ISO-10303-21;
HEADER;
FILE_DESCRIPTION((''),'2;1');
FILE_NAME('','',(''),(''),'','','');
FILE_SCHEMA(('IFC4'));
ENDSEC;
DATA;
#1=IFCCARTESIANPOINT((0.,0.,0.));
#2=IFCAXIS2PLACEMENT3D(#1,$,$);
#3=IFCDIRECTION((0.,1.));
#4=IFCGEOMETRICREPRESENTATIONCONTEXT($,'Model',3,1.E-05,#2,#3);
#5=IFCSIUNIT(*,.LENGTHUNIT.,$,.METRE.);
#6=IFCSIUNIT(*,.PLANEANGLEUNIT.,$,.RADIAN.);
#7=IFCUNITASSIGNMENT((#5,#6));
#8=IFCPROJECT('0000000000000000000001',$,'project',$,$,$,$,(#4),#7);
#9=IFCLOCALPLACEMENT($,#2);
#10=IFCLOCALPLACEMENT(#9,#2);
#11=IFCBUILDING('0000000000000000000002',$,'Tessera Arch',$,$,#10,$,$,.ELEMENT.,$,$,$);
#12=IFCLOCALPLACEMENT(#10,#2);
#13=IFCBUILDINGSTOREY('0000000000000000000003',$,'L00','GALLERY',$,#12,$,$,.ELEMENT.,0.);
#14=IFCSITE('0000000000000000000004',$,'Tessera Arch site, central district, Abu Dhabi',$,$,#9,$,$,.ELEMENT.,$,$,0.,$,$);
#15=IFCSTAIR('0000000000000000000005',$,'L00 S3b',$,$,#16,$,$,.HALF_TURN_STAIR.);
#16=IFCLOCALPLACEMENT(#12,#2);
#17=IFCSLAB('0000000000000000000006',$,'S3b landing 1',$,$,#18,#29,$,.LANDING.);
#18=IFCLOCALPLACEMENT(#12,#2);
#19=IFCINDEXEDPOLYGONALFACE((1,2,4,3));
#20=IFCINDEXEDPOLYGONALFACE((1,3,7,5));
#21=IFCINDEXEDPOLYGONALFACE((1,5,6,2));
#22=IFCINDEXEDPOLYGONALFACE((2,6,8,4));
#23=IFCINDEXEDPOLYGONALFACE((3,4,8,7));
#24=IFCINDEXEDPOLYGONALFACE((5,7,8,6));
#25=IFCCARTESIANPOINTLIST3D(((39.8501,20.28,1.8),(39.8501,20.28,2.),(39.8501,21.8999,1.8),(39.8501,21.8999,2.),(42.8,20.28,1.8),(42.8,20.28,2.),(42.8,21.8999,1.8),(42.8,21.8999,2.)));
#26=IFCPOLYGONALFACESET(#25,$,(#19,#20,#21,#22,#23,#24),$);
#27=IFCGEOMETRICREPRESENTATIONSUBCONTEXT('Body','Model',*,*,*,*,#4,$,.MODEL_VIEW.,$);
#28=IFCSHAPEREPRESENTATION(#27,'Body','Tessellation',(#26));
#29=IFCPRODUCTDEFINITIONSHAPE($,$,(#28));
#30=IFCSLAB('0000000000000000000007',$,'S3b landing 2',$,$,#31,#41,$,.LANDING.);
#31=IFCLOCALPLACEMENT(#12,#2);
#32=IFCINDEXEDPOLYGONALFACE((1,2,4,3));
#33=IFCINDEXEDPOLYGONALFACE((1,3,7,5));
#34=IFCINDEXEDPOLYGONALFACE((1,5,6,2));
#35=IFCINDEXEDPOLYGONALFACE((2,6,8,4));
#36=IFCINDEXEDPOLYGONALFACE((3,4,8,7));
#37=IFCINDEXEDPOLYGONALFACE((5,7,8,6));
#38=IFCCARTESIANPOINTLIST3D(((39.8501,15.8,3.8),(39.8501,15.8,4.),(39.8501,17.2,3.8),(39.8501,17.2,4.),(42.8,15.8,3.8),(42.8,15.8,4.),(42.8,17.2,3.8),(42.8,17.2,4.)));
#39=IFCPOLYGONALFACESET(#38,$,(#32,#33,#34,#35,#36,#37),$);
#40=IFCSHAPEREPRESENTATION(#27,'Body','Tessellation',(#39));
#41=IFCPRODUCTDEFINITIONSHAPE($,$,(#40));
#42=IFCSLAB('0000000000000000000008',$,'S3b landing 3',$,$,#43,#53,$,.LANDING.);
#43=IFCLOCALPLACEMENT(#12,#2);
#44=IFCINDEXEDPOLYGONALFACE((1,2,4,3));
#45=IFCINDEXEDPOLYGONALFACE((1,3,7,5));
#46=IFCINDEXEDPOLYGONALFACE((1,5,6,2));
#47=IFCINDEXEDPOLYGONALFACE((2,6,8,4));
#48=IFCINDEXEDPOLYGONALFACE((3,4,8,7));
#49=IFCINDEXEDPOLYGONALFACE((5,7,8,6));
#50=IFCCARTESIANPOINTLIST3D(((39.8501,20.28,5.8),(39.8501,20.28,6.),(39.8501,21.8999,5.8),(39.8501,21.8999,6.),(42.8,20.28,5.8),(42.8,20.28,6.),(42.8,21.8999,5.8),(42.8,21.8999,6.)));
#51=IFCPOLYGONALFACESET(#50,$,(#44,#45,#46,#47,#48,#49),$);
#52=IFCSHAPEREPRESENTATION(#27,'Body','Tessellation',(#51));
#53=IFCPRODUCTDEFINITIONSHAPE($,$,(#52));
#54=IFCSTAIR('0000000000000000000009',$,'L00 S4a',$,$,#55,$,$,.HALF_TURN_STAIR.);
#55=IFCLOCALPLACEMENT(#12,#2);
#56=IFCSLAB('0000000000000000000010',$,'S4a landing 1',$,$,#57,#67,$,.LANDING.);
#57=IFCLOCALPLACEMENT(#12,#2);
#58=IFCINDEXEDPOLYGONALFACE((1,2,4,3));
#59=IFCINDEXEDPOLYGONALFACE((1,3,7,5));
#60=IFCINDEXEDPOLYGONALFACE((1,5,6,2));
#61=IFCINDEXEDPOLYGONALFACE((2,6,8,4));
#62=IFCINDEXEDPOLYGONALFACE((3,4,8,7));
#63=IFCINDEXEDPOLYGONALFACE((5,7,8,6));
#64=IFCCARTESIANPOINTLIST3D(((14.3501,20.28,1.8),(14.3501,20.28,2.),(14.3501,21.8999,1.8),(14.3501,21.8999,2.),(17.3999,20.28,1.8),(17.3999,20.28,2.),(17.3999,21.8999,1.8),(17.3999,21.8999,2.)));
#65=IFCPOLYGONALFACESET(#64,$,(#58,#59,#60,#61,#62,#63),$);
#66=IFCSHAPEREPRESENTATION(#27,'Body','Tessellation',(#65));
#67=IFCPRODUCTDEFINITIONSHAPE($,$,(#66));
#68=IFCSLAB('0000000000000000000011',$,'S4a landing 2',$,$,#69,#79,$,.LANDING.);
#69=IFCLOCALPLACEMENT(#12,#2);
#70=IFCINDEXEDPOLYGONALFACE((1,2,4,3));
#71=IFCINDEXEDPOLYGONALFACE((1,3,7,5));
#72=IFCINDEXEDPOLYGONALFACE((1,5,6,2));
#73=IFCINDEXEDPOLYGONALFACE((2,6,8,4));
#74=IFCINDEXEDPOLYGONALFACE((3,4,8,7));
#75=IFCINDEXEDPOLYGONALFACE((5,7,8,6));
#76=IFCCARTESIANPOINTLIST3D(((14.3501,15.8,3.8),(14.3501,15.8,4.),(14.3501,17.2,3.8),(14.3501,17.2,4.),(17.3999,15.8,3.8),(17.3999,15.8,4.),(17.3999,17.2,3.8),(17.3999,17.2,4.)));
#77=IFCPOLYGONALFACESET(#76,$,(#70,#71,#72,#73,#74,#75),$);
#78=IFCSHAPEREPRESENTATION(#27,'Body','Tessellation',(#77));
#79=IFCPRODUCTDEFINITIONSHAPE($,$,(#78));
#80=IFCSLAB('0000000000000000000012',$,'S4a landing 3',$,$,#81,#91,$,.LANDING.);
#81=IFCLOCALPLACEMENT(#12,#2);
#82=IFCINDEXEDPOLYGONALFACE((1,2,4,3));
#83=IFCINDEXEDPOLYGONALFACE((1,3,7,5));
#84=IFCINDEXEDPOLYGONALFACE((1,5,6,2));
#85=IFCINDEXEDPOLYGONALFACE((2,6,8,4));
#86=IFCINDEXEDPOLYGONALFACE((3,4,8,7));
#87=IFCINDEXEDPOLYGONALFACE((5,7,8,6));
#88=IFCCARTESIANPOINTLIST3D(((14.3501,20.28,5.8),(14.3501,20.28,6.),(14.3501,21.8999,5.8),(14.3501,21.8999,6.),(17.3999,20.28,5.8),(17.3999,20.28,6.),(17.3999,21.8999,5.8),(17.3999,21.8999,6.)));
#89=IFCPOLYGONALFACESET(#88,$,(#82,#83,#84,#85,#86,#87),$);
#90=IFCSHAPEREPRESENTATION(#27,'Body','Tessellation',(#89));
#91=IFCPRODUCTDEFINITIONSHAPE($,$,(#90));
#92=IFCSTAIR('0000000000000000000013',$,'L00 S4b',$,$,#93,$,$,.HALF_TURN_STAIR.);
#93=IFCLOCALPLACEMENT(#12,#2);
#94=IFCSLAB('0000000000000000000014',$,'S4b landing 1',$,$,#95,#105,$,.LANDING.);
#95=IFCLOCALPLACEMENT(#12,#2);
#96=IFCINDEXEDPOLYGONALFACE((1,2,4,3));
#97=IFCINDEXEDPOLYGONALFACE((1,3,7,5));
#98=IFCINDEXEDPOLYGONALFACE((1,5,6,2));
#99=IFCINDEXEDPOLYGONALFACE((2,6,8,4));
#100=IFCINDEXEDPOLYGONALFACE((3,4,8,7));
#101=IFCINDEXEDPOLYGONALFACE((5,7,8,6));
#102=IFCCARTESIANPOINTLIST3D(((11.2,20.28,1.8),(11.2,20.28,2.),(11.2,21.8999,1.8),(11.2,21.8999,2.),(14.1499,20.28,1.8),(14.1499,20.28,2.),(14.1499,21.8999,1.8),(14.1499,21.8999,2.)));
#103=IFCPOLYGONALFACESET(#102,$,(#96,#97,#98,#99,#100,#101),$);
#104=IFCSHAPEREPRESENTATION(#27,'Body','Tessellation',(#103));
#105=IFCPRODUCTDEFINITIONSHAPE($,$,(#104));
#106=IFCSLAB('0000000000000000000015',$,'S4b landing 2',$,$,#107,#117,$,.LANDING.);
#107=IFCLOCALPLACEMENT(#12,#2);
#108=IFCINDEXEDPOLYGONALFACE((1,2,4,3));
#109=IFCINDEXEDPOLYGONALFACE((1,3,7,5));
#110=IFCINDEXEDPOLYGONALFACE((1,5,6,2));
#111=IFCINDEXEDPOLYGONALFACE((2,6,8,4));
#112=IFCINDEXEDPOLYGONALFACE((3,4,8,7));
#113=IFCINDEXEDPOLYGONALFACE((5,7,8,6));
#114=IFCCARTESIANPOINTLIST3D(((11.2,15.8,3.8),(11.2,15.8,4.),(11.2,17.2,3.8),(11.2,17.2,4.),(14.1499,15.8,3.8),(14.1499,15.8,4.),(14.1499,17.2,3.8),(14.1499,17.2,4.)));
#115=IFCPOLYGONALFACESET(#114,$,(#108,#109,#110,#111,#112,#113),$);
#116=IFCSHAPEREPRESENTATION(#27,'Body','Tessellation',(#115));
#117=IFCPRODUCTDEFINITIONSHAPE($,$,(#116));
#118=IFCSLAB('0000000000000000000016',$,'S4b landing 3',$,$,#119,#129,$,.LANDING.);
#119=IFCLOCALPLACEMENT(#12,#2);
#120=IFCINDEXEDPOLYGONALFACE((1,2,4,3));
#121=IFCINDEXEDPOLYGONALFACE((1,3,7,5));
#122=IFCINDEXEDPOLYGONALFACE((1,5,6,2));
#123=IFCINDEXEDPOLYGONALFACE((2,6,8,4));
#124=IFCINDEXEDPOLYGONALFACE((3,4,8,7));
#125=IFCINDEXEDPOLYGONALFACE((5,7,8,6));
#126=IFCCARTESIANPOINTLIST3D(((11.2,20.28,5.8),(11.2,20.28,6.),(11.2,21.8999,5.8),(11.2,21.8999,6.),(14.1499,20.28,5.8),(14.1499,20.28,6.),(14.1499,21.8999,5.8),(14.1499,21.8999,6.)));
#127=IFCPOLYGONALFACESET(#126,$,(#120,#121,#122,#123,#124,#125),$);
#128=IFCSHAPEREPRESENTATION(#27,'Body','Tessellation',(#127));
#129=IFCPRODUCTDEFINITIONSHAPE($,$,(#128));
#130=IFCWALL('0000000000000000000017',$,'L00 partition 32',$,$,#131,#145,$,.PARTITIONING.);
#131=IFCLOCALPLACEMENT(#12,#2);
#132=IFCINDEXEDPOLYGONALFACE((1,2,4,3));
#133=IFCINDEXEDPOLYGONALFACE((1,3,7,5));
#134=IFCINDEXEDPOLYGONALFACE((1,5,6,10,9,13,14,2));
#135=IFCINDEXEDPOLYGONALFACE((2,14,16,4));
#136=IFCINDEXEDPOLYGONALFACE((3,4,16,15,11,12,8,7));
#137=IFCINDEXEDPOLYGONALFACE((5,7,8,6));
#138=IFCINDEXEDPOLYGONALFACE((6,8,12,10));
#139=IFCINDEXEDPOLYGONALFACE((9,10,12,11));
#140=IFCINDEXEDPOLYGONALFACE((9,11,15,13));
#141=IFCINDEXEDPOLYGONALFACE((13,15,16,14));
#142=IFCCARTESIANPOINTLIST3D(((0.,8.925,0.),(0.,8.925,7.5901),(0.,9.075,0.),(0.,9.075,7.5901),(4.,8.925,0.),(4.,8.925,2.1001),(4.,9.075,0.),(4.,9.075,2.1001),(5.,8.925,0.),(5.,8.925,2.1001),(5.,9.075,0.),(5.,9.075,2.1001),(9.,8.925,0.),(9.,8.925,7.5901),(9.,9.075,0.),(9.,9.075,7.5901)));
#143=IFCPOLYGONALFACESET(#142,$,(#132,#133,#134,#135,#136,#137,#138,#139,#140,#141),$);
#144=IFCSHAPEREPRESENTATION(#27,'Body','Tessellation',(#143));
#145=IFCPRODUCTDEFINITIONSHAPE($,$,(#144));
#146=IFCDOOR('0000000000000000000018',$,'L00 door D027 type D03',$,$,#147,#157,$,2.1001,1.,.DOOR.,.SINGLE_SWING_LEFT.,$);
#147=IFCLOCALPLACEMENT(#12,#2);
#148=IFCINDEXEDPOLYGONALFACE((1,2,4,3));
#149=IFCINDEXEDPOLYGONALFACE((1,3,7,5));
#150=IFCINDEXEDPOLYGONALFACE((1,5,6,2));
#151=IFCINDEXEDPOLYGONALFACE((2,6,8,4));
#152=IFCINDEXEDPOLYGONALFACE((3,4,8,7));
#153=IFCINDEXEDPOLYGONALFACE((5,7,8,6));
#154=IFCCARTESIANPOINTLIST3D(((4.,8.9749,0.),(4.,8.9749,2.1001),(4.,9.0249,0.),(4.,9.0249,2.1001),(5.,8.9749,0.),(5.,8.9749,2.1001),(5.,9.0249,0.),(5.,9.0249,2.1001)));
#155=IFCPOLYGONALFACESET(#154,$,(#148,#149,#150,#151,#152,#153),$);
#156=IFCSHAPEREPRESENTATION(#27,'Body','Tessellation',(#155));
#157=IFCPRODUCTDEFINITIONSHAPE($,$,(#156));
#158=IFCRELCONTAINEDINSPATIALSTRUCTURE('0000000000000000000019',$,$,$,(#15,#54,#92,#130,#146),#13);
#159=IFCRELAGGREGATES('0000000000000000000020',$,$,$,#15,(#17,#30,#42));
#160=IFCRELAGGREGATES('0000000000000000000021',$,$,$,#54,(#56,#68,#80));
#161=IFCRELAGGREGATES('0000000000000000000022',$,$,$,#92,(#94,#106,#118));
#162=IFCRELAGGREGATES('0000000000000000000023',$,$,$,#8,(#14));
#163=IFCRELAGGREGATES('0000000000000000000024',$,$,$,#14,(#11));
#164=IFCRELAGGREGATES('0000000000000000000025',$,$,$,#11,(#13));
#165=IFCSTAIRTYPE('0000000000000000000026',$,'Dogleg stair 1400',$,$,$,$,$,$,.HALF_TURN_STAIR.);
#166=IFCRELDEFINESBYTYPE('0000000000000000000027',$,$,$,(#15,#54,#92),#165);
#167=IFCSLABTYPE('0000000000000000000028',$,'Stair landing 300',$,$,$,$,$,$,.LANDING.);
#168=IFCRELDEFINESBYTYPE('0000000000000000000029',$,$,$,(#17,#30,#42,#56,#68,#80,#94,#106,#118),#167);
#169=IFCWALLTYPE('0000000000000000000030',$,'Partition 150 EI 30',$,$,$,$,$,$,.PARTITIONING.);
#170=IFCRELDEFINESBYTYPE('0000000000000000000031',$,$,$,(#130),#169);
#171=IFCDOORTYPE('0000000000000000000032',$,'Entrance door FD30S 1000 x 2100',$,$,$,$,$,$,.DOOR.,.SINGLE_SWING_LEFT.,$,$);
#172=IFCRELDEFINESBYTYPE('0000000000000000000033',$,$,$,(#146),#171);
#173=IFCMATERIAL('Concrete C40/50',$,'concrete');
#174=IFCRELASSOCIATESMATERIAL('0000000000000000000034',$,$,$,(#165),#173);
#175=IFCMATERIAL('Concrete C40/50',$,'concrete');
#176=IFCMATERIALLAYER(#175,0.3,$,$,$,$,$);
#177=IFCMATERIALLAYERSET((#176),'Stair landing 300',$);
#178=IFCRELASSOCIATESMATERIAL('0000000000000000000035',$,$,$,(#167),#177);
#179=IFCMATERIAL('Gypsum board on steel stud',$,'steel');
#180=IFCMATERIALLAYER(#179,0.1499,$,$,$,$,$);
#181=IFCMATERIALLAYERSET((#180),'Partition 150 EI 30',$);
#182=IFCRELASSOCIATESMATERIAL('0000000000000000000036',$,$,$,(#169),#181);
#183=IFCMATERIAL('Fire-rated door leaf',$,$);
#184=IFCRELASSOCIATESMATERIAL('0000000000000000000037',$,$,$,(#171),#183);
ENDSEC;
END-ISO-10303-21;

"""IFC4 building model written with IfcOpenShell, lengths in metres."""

from ifc_helpers import new_model, si_unit, direction, frame, frame_2d, origin, place, context, subcontext, project, spatial, polyline, rectangle, outline, extrude, material, layer, layer_set, type_object, element, fill, aggregate, save


model = new_model("IFC4")

# Units and contexts
model_context = context("Model", 3, precision=1e-05, world=origin(), true_north=direction((0.0, 1.0)))
body_context = subcontext(model_context, "Body", "Model", "MODEL_VIEW")
ifc_project = project(units=[si_unit("LENGTHUNIT", "METRE"), si_unit("PLANEANGLEUNIT", "RADIAN")], contexts=[model_context])

# Site, building, storey
site_placement = place(None, origin())
site = spatial("IfcSite", under=ifc_project, at=site_placement, Name="Tessera Arch site, central district, Abu Dhabi", CompositionType="ELEMENT", RefElevation=0.0)
building_placement = place(site_placement, origin())
building = spatial("IfcBuilding", under=site, at=building_placement, Name="Tessera Arch", CompositionType="ELEMENT")
storey_placement = place(building_placement, origin())
storey = spatial("IfcBuildingStorey", under=building, at=storey_placement, Name="L00", Description="GALLERY", CompositionType="ELEMENT", Elevation=0.0)

# Stairs, slabs
ifc_material_1 = material(Name="Concrete C40/50", Category="concrete")
stair_type = type_object("IfcStairType", Name="Dogleg stair 1400", PredefinedType="HALF_TURN_STAIR", material=ifc_material_1)
ifc_material_2 = material(Name="Concrete C40/50", Category="concrete")
ifc_layer_1 = layer(ifc_material_2, 0.3)
ifc_layer_set_1 = layer_set([ifc_layer_1], Name="Stair landing 300")
slab_type = type_object("IfcSlabType", Name="Stair landing 300", PredefinedType="LANDING", material=ifc_layer_set_1)
stair_1_placement = place(storey_placement, origin())
stair_1 = element("IfcStair", 1, at=stair_1_placement, inside=storey, type_object=stair_type, Name="L00 S3b", PredefinedType="HALF_TURN_STAIR")
slab_1_placement = place(storey_placement, frame((0.0, 0.0, 1.8)))
slab_1 = element("IfcSlab", 2, at=slab_1_placement, type_object=slab_type, Name="S3b landing 1", PredefinedType="LANDING", context=body_context, shape_type="SweptSolid", body=[
    extrude(outline(polyline([(42.8, 20.28), (42.8, 21.8999), (39.8501, 21.8999), (39.8501, 20.28), (42.8, 20.28)])), origin(), (0.0, 0.0, 1.0), 0.2),
])
slab_2_placement = place(storey_placement, frame((0.0, 0.0, 3.8)))
slab_2 = element("IfcSlab", 3, at=slab_2_placement, type_object=slab_type, Name="S3b landing 2", PredefinedType="LANDING", context=body_context, shape_type="SweptSolid", body=[
    extrude(outline(polyline([(42.8, 15.8), (42.8, 17.2), (39.8501, 17.2), (39.8501, 15.8), (42.8, 15.8)])), origin(), (0.0, 0.0, 1.0), 0.2),
])
slab_3_placement = place(storey_placement, frame((0.0, 0.0, 5.8)))
slab_3 = element("IfcSlab", 4, at=slab_3_placement, type_object=slab_type, Name="S3b landing 3", PredefinedType="LANDING", context=body_context, shape_type="SweptSolid", body=[
    extrude(outline(polyline([(42.8, 20.28), (42.8, 21.8999), (39.8501, 21.8999), (39.8501, 20.28), (42.8, 20.28)])), origin(), (0.0, 0.0, 1.0), 0.2),
])
aggregate(stair_1, [slab_1, slab_2, slab_3])
stair_2_placement = place(storey_placement, origin())
stair_2 = element("IfcStair", 5, at=stair_2_placement, inside=storey, type_object=stair_type, Name="L00 S4a", PredefinedType="HALF_TURN_STAIR")
slab_4_placement = place(storey_placement, frame((0.0, 0.0, 1.8)))
slab_4 = element("IfcSlab", 6, at=slab_4_placement, type_object=slab_type, Name="S4a landing 1", PredefinedType="LANDING", context=body_context, shape_type="SweptSolid", body=[
    extrude(outline(polyline([(17.3999, 20.28), (17.3999, 21.8999), (14.3501, 21.8999), (14.3501, 20.28), (17.3999, 20.28)])), origin(), (0.0, 0.0, 1.0), 0.2),
])
slab_5_placement = place(storey_placement, frame((0.0, 0.0, 3.8)))
slab_5 = element("IfcSlab", 7, at=slab_5_placement, type_object=slab_type, Name="S4a landing 2", PredefinedType="LANDING", context=body_context, shape_type="SweptSolid", body=[
    extrude(outline(polyline([(17.3999, 15.8), (17.3999, 17.2), (14.3501, 17.2), (14.3501, 15.8), (17.3999, 15.8)])), origin(), (0.0, 0.0, 1.0), 0.2),
])
slab_6_placement = place(storey_placement, frame((0.0, 0.0, 5.8)))
slab_6 = element("IfcSlab", 8, at=slab_6_placement, type_object=slab_type, Name="S4a landing 3", PredefinedType="LANDING", context=body_context, shape_type="SweptSolid", body=[
    extrude(outline(polyline([(17.3999, 20.28), (17.3999, 21.8999), (14.3501, 21.8999), (14.3501, 20.28), (17.3999, 20.28)])), origin(), (0.0, 0.0, 1.0), 0.2),
])
aggregate(stair_2, [slab_4, slab_5, slab_6])
stair_3_placement = place(storey_placement, origin())
stair_3 = element("IfcStair", 9, at=stair_3_placement, inside=storey, type_object=stair_type, Name="L00 S4b", PredefinedType="HALF_TURN_STAIR")
slab_7_placement = place(storey_placement, frame((0.0, 0.0, 1.8)))
slab_7 = element("IfcSlab", 10, at=slab_7_placement, type_object=slab_type, Name="S4b landing 1", PredefinedType="LANDING", context=body_context, shape_type="SweptSolid", body=[
    extrude(outline(polyline([(14.1499, 20.28), (14.1499, 21.8999), (11.2, 21.8999), (11.2, 20.28), (14.1499, 20.28)])), origin(), (0.0, 0.0, 1.0), 0.2),
])
slab_8_placement = place(storey_placement, frame((0.0, 0.0, 3.8)))
slab_8 = element("IfcSlab", 11, at=slab_8_placement, type_object=slab_type, Name="S4b landing 2", PredefinedType="LANDING", context=body_context, shape_type="SweptSolid", body=[
    extrude(outline(polyline([(14.1499, 15.8), (14.1499, 17.2), (11.2, 17.2), (11.2, 15.8), (14.1499, 15.8)])), origin(), (0.0, 0.0, 1.0), 0.2),
])
slab_9_placement = place(storey_placement, frame((0.0, 0.0, 5.8)))
slab_9 = element("IfcSlab", 12, at=slab_9_placement, type_object=slab_type, Name="S4b landing 3", PredefinedType="LANDING", context=body_context, shape_type="SweptSolid", body=[
    extrude(outline(polyline([(14.1499, 20.28), (14.1499, 21.8999), (11.2, 21.8999), (11.2, 20.28), (14.1499, 20.28)])), origin(), (0.0, 0.0, 1.0), 0.2),
])
aggregate(stair_3, [slab_7, slab_8, slab_9])

# Wall, opening, door
ifc_material_3 = material(Name="Gypsum board on steel stud", Category="steel")
ifc_layer_2 = layer(ifc_material_3, 0.1499)
ifc_layer_set_2 = layer_set([ifc_layer_2], Name="Partition 150 EI 30")
wall_type = type_object("IfcWallType", Name="Partition 150 EI 30", PredefinedType="PARTITIONING", material=ifc_layer_set_2)
wall_placement = place(storey_placement, frame((0.0, 9.0, 0.0), z_axis=(0.0, 0.0, 1.0), x_axis=(1.0, 0.0, 0.0)))
wall = element("IfcWall", 13, at=wall_placement, inside=storey, type_object=wall_type, Name="L00 partition 32", PredefinedType="PARTITIONING", context=body_context, shape_type="SweptSolid", body=[
    extrude(rectangle(XDim=9.0, YDim=0.1499, at=frame_2d((4.5, 0.0))), origin(), (0.0, 0.0, 1.0), 7.5901),
])
opening_placement = place(wall_placement, frame((4.0, 0.0, 0.0)))
opening = element("IfcOpeningElement", 14, at=opening_placement, cuts=wall, PredefinedType="OPENING", context=body_context, shape_type="SweptSolid", body=[
    extrude(rectangle(XDim=1.0, YDim=2.1001, at=frame_2d((0.5, 1.05))), frame((0.0, 0.085, 0.0), z_axis=(0.0, -1.0, 0.0), x_axis=(1.0, 0.0, 0.0)), (0.0, 0.0, 1.0), 0.1699),
])
ifc_material_4 = material(Name="Fire-rated door leaf")
door_type = type_object("IfcDoorType", Name="Entrance door FD30S 1000 x 2100", OperationType="SINGLE_SWING_LEFT", PredefinedType="DOOR", material=ifc_material_4)
door_placement = place(opening_placement, origin())
door = element("IfcDoor", 15, at=door_placement, inside=storey, type_object=door_type, Name="L00 door D027 type D03", OperationType="SINGLE_SWING_LEFT", OverallHeight=2.1001, OverallWidth=1.0, PredefinedType="DOOR", context=body_context, shape_type="SweptSolid", body=[
    extrude(rectangle(XDim=1.0, YDim=2.1001, at=frame_2d((0.5, 1.05))), frame((0.0, 0.0249, 0.0), z_axis=(0.0, -1.0, 0.0), x_axis=(1.0, 0.0, 0.0)), (0.0, 0.0, 1.0), 0.05),
])
fill(opening, door)

save(model, "model.ifc")
